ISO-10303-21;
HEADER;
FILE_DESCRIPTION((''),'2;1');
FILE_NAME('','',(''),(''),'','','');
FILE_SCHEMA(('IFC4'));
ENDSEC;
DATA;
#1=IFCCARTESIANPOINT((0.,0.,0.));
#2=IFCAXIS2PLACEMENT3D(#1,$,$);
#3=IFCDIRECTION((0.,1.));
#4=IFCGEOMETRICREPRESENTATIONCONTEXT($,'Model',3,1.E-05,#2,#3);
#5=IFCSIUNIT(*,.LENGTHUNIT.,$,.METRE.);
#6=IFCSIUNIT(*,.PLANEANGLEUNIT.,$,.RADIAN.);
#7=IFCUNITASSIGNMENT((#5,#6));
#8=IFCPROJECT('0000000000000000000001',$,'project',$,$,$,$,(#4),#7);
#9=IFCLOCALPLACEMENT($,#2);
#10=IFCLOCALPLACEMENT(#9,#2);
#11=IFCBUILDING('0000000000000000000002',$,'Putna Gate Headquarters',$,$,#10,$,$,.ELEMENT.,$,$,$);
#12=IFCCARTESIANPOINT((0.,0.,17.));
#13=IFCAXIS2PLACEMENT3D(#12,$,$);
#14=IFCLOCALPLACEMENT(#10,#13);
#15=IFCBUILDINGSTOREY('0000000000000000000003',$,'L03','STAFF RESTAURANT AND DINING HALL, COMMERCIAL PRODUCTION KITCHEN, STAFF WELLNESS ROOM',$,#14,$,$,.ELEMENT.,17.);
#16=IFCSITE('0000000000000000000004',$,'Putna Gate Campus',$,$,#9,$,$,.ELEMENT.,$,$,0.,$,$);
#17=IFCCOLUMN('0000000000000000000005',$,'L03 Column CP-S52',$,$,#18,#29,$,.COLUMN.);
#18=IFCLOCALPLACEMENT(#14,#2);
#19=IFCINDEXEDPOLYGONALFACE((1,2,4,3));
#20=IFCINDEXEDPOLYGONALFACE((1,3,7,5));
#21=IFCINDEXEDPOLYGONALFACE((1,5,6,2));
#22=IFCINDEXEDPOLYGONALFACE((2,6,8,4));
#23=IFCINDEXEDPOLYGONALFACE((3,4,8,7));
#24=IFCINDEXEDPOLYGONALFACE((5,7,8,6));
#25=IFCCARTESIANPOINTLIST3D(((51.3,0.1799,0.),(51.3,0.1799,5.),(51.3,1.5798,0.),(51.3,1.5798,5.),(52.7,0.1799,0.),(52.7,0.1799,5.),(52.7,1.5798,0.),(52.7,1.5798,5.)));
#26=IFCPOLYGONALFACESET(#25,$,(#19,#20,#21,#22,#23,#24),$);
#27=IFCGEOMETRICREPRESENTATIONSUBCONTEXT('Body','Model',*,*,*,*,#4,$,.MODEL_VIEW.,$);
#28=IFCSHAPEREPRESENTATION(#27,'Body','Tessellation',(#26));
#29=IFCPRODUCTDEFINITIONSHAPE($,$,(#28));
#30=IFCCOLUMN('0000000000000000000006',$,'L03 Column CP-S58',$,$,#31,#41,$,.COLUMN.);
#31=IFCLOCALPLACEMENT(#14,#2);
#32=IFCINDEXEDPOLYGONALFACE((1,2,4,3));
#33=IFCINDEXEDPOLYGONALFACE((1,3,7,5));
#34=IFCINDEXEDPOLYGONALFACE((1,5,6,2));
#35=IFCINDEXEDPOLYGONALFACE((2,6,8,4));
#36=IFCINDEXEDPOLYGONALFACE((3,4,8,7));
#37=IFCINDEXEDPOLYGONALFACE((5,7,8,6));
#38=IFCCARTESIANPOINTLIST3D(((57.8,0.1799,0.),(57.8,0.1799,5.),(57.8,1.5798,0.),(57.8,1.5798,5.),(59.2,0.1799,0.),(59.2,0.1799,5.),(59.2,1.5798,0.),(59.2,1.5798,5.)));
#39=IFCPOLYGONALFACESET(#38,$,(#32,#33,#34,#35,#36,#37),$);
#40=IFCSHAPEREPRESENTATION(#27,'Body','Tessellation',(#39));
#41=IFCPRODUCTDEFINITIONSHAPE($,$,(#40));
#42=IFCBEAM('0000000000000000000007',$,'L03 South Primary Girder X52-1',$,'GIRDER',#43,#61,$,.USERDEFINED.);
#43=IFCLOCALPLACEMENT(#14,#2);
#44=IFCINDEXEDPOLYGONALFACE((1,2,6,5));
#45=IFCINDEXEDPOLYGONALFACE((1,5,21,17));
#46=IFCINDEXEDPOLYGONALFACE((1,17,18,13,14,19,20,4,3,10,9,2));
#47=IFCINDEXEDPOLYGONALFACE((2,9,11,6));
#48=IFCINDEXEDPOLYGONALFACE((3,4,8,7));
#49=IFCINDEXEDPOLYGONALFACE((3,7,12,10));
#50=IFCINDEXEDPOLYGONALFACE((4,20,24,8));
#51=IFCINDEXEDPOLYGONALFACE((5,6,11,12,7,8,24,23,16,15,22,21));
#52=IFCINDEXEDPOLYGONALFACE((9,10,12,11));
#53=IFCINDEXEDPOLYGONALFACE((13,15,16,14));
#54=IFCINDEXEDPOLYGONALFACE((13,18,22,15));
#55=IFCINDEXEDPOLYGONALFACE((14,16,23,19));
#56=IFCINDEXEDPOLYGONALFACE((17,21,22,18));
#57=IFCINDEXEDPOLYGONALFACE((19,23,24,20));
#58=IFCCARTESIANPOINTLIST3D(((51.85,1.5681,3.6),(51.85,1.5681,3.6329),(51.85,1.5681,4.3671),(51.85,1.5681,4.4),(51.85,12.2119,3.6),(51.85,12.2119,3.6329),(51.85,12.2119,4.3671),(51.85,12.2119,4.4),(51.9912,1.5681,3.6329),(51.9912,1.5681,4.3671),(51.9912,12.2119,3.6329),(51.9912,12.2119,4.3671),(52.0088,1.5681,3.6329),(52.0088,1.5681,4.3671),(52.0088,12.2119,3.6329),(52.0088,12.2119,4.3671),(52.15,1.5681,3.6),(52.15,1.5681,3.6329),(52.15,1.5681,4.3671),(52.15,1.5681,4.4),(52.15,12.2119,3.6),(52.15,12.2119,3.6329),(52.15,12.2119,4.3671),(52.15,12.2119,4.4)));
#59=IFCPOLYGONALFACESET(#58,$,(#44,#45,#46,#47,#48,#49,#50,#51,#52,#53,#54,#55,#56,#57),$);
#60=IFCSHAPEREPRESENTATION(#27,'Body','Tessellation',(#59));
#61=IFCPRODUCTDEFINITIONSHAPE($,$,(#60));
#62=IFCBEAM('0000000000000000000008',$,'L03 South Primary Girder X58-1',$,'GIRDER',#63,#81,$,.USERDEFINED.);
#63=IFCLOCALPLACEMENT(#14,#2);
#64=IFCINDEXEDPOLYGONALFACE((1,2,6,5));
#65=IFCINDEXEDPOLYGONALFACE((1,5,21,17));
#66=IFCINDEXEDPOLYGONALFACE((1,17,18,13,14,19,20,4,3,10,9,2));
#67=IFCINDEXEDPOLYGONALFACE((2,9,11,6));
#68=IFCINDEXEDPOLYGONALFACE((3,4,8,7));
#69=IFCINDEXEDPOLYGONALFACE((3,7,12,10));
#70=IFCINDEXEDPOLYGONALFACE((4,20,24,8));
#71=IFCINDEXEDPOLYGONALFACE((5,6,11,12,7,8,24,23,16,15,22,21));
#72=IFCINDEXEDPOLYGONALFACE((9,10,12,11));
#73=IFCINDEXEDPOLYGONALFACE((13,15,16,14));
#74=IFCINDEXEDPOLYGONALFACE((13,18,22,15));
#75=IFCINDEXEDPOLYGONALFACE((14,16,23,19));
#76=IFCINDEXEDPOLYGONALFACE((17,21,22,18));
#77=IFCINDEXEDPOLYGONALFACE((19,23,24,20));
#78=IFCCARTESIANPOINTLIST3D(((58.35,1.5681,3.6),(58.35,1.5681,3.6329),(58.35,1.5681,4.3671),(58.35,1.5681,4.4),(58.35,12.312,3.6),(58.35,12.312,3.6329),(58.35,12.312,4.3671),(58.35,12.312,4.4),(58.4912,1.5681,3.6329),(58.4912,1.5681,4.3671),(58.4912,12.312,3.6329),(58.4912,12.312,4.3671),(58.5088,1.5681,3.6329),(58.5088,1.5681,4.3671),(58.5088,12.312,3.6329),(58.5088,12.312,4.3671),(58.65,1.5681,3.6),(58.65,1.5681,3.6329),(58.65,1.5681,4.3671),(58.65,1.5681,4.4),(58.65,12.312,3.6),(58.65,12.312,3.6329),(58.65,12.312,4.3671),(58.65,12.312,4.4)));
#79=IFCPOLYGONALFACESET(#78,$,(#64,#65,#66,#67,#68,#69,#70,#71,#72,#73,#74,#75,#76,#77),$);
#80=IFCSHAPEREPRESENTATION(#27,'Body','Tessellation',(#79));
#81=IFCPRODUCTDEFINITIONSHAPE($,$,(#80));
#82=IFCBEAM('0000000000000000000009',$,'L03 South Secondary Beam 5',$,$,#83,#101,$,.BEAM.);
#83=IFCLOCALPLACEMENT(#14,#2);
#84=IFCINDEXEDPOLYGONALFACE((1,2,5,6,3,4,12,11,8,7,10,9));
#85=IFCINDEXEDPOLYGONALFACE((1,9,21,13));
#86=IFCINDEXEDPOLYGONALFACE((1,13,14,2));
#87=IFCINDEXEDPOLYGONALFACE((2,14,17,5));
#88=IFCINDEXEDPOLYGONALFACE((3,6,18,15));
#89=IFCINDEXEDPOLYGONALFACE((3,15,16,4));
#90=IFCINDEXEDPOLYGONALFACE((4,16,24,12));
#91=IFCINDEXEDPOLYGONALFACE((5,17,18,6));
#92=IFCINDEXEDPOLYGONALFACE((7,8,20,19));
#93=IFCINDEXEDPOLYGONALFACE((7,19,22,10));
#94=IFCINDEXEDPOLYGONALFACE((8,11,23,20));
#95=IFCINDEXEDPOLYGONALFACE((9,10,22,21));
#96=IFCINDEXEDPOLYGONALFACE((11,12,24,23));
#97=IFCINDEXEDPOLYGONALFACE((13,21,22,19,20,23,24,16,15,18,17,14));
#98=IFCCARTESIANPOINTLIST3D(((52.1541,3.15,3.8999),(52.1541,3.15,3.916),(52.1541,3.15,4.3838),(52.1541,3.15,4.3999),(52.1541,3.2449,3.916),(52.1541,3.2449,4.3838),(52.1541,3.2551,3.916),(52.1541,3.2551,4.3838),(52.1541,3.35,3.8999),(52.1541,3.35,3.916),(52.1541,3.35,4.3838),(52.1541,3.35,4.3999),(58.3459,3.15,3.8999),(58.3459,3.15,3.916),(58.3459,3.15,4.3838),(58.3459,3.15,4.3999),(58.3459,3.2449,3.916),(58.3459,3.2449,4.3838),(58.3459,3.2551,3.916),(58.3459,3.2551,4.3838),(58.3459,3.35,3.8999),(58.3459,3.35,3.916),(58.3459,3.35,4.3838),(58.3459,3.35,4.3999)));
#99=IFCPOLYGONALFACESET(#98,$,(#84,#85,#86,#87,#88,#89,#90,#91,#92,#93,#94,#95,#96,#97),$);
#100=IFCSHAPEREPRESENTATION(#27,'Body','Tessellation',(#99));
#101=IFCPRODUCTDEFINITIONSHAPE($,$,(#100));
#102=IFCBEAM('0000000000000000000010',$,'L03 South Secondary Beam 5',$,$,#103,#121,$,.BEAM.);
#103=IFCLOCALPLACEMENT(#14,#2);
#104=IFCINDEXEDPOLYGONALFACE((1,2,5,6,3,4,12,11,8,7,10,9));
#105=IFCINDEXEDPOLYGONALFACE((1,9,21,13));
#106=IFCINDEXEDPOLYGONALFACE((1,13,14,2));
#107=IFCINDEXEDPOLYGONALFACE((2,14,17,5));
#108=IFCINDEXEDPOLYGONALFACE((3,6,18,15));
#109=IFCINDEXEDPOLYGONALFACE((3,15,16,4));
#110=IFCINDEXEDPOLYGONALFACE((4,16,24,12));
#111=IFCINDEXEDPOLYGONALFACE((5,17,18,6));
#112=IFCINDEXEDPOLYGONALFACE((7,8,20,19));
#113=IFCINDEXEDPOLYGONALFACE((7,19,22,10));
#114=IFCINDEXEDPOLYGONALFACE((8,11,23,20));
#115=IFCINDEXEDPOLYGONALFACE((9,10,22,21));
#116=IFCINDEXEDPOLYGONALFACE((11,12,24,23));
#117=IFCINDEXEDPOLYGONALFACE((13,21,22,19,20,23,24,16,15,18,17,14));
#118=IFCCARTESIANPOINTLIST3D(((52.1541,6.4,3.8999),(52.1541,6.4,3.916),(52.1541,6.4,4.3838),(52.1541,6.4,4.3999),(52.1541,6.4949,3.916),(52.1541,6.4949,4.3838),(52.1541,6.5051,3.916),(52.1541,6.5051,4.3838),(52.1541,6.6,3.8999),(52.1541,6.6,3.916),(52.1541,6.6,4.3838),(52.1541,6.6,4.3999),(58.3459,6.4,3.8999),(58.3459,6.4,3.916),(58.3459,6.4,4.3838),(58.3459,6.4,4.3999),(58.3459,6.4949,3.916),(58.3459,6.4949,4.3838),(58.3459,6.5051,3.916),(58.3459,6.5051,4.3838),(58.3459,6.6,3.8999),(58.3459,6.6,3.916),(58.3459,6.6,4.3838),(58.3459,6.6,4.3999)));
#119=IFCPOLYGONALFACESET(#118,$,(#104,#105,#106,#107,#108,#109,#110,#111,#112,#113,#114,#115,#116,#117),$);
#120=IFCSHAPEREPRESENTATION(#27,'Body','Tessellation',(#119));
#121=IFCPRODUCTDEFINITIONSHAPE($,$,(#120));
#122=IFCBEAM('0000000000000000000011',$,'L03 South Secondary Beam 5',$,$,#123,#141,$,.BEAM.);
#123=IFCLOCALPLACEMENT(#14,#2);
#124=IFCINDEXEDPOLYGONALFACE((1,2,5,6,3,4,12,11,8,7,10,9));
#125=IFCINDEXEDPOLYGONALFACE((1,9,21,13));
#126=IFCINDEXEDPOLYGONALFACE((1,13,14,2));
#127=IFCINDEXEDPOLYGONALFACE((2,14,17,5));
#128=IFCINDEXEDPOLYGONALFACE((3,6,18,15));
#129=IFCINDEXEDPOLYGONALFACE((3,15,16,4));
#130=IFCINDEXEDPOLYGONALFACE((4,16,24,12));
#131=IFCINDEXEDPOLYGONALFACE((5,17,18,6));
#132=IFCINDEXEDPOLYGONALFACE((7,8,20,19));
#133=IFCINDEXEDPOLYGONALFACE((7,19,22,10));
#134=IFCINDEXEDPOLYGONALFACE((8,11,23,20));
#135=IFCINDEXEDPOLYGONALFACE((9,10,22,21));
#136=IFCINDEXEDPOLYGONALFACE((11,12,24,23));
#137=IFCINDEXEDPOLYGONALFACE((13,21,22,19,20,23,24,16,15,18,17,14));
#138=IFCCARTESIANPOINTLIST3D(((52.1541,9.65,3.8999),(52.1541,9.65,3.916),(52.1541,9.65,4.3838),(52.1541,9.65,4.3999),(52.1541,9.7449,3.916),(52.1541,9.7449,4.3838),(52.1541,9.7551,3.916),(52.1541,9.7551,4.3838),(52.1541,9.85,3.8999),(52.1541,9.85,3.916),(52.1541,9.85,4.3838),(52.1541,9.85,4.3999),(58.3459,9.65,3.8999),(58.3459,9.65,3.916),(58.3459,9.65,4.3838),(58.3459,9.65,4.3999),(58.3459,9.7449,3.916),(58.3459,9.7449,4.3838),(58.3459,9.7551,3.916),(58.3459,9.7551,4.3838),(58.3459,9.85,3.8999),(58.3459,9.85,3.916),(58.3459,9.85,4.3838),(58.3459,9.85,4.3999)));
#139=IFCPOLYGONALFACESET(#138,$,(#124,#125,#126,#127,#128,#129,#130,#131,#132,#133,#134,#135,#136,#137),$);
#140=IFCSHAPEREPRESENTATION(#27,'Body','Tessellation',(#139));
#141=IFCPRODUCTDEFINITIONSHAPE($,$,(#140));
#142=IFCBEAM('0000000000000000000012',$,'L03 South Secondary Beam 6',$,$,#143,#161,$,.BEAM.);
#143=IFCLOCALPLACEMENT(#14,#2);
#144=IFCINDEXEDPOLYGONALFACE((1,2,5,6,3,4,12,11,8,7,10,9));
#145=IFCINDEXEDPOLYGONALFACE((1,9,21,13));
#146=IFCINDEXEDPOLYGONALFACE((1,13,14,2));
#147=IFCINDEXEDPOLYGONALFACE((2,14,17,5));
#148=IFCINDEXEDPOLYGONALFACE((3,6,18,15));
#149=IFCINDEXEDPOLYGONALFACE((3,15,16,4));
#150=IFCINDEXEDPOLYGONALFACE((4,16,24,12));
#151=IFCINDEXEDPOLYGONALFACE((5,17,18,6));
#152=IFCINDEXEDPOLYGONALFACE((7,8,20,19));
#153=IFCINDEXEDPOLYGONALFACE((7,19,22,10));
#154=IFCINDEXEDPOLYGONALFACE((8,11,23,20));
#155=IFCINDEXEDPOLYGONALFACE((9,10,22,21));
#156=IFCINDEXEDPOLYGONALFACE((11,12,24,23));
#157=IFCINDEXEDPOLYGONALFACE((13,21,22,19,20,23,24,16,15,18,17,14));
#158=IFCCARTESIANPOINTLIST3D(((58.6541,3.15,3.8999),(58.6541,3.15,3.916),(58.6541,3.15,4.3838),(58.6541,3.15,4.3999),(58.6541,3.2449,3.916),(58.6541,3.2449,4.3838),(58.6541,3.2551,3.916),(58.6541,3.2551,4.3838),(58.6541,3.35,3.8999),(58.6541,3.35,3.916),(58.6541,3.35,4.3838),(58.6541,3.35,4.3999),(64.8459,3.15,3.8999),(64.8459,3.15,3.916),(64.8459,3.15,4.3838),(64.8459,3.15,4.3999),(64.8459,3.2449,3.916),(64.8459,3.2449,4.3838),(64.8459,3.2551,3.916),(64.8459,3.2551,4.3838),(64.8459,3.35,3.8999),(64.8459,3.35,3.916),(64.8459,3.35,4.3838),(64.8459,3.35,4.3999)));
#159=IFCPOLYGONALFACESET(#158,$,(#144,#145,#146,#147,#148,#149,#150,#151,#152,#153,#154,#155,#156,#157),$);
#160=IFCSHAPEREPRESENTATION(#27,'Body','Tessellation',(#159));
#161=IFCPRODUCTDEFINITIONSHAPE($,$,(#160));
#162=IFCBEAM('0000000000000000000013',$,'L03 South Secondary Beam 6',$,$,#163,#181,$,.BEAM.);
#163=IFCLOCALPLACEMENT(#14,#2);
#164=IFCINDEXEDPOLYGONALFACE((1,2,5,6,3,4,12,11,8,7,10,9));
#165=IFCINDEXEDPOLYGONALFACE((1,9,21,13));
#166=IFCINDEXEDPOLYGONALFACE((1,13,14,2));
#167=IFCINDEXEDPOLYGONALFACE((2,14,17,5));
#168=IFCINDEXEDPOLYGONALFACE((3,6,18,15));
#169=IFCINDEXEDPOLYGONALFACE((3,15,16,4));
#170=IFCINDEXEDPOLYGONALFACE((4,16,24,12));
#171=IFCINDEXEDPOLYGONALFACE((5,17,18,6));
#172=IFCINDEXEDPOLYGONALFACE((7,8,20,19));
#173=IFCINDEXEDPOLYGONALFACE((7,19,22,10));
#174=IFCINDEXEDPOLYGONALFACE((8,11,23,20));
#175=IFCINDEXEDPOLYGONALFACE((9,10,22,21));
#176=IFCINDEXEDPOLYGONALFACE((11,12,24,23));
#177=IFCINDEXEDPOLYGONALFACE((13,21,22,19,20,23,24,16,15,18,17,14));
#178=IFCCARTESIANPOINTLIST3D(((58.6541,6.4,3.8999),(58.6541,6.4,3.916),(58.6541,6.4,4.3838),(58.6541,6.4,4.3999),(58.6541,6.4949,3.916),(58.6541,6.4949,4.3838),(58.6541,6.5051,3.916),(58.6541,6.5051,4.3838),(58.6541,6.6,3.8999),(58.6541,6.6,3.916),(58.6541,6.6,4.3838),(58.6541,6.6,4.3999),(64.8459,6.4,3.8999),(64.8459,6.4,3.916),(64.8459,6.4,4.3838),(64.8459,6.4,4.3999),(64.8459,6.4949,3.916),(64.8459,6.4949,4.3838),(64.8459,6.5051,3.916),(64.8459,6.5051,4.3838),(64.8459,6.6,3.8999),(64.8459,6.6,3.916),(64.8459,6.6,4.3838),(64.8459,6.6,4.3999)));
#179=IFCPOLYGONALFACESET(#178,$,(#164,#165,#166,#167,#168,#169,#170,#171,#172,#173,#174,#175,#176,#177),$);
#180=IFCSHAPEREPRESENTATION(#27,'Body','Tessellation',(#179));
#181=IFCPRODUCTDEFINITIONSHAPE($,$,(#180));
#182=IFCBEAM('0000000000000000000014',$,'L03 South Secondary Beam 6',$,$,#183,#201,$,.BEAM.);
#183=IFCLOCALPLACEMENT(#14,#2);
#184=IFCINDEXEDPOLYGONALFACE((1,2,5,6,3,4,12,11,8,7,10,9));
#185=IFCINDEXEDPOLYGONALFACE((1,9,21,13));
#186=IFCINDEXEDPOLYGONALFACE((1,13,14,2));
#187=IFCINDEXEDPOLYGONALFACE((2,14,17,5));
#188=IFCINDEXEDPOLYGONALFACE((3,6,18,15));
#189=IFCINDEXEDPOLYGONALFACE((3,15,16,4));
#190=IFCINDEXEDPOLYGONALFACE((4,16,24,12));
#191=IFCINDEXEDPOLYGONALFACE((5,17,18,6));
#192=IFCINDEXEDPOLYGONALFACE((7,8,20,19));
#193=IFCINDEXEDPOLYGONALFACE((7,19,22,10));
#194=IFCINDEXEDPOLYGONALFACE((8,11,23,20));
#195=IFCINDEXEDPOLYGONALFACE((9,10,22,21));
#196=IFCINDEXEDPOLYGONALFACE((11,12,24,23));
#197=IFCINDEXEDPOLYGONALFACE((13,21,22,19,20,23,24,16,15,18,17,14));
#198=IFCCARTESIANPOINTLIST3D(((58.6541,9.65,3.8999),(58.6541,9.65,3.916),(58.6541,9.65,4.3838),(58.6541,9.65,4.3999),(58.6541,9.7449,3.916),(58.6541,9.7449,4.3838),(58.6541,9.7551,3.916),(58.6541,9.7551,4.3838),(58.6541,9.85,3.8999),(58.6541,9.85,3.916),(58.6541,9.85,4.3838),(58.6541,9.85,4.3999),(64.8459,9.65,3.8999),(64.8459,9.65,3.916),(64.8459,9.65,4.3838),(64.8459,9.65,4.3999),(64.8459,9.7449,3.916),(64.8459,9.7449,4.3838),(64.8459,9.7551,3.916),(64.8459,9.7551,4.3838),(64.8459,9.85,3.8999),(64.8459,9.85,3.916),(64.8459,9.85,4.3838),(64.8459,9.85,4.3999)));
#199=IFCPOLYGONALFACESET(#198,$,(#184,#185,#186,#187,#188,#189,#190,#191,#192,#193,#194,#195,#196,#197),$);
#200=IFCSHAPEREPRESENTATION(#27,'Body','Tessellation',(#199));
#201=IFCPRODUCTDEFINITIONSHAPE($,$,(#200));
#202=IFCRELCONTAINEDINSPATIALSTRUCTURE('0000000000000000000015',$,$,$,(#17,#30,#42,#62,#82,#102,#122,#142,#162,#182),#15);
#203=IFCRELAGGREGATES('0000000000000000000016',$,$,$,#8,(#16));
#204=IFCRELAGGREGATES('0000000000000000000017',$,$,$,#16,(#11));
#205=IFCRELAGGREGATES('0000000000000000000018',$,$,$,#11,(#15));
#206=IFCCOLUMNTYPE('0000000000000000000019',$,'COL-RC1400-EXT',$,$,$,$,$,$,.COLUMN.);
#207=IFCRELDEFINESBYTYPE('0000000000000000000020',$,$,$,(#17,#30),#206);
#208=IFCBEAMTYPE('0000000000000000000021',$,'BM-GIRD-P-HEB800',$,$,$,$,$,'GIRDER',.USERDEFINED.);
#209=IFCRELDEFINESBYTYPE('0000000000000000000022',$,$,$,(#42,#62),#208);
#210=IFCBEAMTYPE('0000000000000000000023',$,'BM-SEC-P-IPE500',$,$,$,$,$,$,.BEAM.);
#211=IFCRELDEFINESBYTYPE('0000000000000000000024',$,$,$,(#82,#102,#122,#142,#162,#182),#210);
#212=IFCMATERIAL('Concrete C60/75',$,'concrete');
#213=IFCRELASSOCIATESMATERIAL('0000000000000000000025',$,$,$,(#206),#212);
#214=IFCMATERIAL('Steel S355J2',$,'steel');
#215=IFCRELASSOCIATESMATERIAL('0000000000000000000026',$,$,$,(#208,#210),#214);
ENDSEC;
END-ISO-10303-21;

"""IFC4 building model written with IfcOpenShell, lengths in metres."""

from ifc_helpers import new_model, si_unit, direction, frame, origin, origin_2d, place, context, subcontext, project, spatial, rectangle, i_section, extrude, material, material_profile, profile_set, type_object, element, save


model = new_model("IFC4")

# Units and contexts
model_context = context("Model", 3, precision=1e-05, world=origin(), true_north=direction((0.0, 1.0)))
body_context = subcontext(model_context, "Body", "Model", "MODEL_VIEW")
ifc_project = project(units=[si_unit("LENGTHUNIT", "METRE"), si_unit("PLANEANGLEUNIT", "RADIAN")], contexts=[model_context])

# Site, building, storey
site_placement = place(None, origin())
site = spatial("IfcSite", under=ifc_project, at=site_placement, Name="Putna Gate Campus", CompositionType="ELEMENT", RefElevation=0.0)
building_placement = place(site_placement, origin())
building = spatial("IfcBuilding", under=site, at=building_placement, Name="Putna Gate Headquarters", CompositionType="ELEMENT")
storey_placement = place(building_placement, frame((0.0, 0.0, 17.0)))
storey = spatial("IfcBuildingStorey", under=building, at=storey_placement, Name="L03", Description="STAFF RESTAURANT AND DINING HALL, COMMERCIAL PRODUCTION KITCHEN, STAFF WELLNESS ROOM", CompositionType="ELEMENT", Elevation=17.0)

# Columns
ifc_material_1 = material(Name="Concrete C60/75", Category="concrete")
ifc_material_profile_1 = material_profile(ifc_material_1, rectangle(XDim=1.3999, YDim=1.3999, at=origin_2d()), Name="Concrete C60/75")
ifc_profile_set_1 = profile_set([ifc_material_profile_1], Name="Concrete C60/75")
column_type = type_object("IfcColumnType", Name="COL-RC1400-EXT", PredefinedType="COLUMN", material=ifc_profile_set_1)
for number, where, z_axis, x_axis, name in (
    (1, (52.0, 0.8799, 0.0), (0.0, 0.0, 1.0), (1.0, 0.0, 0.0), "L03 Column CP-S52"),
    (2, (58.5, 0.8799, 0.0), (0.0, 0.0, 1.0), (1.0, 0.0, 0.0), "L03 Column CP-S58"),
):
    element("IfcColumn", number, at=place(storey_placement, frame(where, z_axis=z_axis, x_axis=x_axis)), inside=storey, type_object=column_type, Name=name, PredefinedType="COLUMN", context=body_context, shape_type="SweptSolid", body=[
        extrude(rectangle(XDim=1.3999, YDim=1.3999, at=origin_2d()), origin(), (0.0, 0.0, 1.0), 5.0),
    ])

# Beams
ifc_material_2 = material(Name="Steel S355J2", Category="steel")
ifc_material_profile_2 = material_profile(ifc_material_2, i_section(OverallWidth=0.3, OverallDepth=0.8, WebThickness=0.0176, FlangeThickness=0.033, at=origin_2d()), Name="Steel S355J2")
ifc_profile_set_2 = profile_set([ifc_material_profile_2], Name="Steel S355J2")
beam_type_1 = type_object("IfcBeamType", Name="BM-GIRD-P-HEB800", ElementType="GIRDER", PredefinedType="USERDEFINED", material=ifc_profile_set_2)
beam_1_placement = place(storey_placement, frame((52.0, 1.5681, 4.0), z_axis=(0.0, 1.0, 0.0), x_axis=(-1.0, 0.0, 0.0)))
element("IfcBeam", 3, at=beam_1_placement, inside=storey, type_object=beam_type_1, Name="L03 South Primary Girder X52-1", ObjectType="GIRDER", PredefinedType="USERDEFINED", context=body_context, shape_type="SweptSolid", body=[
    extrude(i_section(OverallWidth=0.3, OverallDepth=0.8, WebThickness=0.0176, FlangeThickness=0.033, at=origin_2d()), origin(), (0.0, 0.0, 1.0), 10.6438),
])
beam_2_placement = place(storey_placement, frame((58.5, 1.5681, 4.0), z_axis=(0.0, 1.0, 0.0), x_axis=(-1.0, 0.0, 0.0)))
element("IfcBeam", 4, at=beam_2_placement, inside=storey, type_object=beam_type_1, Name="L03 South Primary Girder X58-1", ObjectType="GIRDER", PredefinedType="USERDEFINED", context=body_context, shape_type="SweptSolid", body=[
    extrude(i_section(OverallWidth=0.3, OverallDepth=0.8, WebThickness=0.0176, FlangeThickness=0.033, at=origin_2d()), origin(), (0.0, 0.0, 1.0), 10.7439),
])
ifc_material_profile_3 = material_profile(ifc_material_2, i_section(OverallWidth=0.2, OverallDepth=0.5, WebThickness=0.0103, FlangeThickness=0.0161, at=origin_2d()), Name="Steel S355J2")
ifc_profile_set_3 = profile_set([ifc_material_profile_3], Name="Steel S355J2")
beam_type_2 = type_object("IfcBeamType", Name="BM-SEC-P-IPE500", PredefinedType="BEAM", material=ifc_profile_set_3)
for number, where, z_axis, x_axis, name in (
    (5, (52.1541, 3.25, 4.1499), (1.0, 0.0, 0.0), (0.0, 1.0, 0.0), "L03 South Secondary Beam 5"),
    (6, (52.1541, 6.5, 4.1499), (1.0, 0.0, 0.0), (0.0, 1.0, 0.0), "L03 South Secondary Beam 5"),
    (7, (52.1541, 9.75, 4.1499), (1.0, 0.0, 0.0), (0.0, 1.0, 0.0), "L03 South Secondary Beam 5"),
    (8, (58.6541, 3.25, 4.1499), (1.0, 0.0, 0.0), (0.0, 1.0, 0.0), "L03 South Secondary Beam 6"),
    (9, (58.6541, 6.5, 4.1499), (1.0, 0.0, 0.0), (0.0, 1.0, 0.0), "L03 South Secondary Beam 6"),
    (10, (58.6541, 9.75, 4.1499), (1.0, 0.0, 0.0), (0.0, 1.0, 0.0), "L03 South Secondary Beam 6"),
):
    element("IfcBeam", number, at=place(storey_placement, frame(where, z_axis=z_axis, x_axis=x_axis)), inside=storey, type_object=beam_type_2, Name=name, PredefinedType="BEAM", context=body_context, shape_type="SweptSolid", body=[
        extrude(i_section(OverallWidth=0.2, OverallDepth=0.5, WebThickness=0.0103, FlangeThickness=0.0161, at=origin_2d()), origin(), (0.0, 0.0, 1.0), 6.1919),
    ])

save(model, "model.ifc")
